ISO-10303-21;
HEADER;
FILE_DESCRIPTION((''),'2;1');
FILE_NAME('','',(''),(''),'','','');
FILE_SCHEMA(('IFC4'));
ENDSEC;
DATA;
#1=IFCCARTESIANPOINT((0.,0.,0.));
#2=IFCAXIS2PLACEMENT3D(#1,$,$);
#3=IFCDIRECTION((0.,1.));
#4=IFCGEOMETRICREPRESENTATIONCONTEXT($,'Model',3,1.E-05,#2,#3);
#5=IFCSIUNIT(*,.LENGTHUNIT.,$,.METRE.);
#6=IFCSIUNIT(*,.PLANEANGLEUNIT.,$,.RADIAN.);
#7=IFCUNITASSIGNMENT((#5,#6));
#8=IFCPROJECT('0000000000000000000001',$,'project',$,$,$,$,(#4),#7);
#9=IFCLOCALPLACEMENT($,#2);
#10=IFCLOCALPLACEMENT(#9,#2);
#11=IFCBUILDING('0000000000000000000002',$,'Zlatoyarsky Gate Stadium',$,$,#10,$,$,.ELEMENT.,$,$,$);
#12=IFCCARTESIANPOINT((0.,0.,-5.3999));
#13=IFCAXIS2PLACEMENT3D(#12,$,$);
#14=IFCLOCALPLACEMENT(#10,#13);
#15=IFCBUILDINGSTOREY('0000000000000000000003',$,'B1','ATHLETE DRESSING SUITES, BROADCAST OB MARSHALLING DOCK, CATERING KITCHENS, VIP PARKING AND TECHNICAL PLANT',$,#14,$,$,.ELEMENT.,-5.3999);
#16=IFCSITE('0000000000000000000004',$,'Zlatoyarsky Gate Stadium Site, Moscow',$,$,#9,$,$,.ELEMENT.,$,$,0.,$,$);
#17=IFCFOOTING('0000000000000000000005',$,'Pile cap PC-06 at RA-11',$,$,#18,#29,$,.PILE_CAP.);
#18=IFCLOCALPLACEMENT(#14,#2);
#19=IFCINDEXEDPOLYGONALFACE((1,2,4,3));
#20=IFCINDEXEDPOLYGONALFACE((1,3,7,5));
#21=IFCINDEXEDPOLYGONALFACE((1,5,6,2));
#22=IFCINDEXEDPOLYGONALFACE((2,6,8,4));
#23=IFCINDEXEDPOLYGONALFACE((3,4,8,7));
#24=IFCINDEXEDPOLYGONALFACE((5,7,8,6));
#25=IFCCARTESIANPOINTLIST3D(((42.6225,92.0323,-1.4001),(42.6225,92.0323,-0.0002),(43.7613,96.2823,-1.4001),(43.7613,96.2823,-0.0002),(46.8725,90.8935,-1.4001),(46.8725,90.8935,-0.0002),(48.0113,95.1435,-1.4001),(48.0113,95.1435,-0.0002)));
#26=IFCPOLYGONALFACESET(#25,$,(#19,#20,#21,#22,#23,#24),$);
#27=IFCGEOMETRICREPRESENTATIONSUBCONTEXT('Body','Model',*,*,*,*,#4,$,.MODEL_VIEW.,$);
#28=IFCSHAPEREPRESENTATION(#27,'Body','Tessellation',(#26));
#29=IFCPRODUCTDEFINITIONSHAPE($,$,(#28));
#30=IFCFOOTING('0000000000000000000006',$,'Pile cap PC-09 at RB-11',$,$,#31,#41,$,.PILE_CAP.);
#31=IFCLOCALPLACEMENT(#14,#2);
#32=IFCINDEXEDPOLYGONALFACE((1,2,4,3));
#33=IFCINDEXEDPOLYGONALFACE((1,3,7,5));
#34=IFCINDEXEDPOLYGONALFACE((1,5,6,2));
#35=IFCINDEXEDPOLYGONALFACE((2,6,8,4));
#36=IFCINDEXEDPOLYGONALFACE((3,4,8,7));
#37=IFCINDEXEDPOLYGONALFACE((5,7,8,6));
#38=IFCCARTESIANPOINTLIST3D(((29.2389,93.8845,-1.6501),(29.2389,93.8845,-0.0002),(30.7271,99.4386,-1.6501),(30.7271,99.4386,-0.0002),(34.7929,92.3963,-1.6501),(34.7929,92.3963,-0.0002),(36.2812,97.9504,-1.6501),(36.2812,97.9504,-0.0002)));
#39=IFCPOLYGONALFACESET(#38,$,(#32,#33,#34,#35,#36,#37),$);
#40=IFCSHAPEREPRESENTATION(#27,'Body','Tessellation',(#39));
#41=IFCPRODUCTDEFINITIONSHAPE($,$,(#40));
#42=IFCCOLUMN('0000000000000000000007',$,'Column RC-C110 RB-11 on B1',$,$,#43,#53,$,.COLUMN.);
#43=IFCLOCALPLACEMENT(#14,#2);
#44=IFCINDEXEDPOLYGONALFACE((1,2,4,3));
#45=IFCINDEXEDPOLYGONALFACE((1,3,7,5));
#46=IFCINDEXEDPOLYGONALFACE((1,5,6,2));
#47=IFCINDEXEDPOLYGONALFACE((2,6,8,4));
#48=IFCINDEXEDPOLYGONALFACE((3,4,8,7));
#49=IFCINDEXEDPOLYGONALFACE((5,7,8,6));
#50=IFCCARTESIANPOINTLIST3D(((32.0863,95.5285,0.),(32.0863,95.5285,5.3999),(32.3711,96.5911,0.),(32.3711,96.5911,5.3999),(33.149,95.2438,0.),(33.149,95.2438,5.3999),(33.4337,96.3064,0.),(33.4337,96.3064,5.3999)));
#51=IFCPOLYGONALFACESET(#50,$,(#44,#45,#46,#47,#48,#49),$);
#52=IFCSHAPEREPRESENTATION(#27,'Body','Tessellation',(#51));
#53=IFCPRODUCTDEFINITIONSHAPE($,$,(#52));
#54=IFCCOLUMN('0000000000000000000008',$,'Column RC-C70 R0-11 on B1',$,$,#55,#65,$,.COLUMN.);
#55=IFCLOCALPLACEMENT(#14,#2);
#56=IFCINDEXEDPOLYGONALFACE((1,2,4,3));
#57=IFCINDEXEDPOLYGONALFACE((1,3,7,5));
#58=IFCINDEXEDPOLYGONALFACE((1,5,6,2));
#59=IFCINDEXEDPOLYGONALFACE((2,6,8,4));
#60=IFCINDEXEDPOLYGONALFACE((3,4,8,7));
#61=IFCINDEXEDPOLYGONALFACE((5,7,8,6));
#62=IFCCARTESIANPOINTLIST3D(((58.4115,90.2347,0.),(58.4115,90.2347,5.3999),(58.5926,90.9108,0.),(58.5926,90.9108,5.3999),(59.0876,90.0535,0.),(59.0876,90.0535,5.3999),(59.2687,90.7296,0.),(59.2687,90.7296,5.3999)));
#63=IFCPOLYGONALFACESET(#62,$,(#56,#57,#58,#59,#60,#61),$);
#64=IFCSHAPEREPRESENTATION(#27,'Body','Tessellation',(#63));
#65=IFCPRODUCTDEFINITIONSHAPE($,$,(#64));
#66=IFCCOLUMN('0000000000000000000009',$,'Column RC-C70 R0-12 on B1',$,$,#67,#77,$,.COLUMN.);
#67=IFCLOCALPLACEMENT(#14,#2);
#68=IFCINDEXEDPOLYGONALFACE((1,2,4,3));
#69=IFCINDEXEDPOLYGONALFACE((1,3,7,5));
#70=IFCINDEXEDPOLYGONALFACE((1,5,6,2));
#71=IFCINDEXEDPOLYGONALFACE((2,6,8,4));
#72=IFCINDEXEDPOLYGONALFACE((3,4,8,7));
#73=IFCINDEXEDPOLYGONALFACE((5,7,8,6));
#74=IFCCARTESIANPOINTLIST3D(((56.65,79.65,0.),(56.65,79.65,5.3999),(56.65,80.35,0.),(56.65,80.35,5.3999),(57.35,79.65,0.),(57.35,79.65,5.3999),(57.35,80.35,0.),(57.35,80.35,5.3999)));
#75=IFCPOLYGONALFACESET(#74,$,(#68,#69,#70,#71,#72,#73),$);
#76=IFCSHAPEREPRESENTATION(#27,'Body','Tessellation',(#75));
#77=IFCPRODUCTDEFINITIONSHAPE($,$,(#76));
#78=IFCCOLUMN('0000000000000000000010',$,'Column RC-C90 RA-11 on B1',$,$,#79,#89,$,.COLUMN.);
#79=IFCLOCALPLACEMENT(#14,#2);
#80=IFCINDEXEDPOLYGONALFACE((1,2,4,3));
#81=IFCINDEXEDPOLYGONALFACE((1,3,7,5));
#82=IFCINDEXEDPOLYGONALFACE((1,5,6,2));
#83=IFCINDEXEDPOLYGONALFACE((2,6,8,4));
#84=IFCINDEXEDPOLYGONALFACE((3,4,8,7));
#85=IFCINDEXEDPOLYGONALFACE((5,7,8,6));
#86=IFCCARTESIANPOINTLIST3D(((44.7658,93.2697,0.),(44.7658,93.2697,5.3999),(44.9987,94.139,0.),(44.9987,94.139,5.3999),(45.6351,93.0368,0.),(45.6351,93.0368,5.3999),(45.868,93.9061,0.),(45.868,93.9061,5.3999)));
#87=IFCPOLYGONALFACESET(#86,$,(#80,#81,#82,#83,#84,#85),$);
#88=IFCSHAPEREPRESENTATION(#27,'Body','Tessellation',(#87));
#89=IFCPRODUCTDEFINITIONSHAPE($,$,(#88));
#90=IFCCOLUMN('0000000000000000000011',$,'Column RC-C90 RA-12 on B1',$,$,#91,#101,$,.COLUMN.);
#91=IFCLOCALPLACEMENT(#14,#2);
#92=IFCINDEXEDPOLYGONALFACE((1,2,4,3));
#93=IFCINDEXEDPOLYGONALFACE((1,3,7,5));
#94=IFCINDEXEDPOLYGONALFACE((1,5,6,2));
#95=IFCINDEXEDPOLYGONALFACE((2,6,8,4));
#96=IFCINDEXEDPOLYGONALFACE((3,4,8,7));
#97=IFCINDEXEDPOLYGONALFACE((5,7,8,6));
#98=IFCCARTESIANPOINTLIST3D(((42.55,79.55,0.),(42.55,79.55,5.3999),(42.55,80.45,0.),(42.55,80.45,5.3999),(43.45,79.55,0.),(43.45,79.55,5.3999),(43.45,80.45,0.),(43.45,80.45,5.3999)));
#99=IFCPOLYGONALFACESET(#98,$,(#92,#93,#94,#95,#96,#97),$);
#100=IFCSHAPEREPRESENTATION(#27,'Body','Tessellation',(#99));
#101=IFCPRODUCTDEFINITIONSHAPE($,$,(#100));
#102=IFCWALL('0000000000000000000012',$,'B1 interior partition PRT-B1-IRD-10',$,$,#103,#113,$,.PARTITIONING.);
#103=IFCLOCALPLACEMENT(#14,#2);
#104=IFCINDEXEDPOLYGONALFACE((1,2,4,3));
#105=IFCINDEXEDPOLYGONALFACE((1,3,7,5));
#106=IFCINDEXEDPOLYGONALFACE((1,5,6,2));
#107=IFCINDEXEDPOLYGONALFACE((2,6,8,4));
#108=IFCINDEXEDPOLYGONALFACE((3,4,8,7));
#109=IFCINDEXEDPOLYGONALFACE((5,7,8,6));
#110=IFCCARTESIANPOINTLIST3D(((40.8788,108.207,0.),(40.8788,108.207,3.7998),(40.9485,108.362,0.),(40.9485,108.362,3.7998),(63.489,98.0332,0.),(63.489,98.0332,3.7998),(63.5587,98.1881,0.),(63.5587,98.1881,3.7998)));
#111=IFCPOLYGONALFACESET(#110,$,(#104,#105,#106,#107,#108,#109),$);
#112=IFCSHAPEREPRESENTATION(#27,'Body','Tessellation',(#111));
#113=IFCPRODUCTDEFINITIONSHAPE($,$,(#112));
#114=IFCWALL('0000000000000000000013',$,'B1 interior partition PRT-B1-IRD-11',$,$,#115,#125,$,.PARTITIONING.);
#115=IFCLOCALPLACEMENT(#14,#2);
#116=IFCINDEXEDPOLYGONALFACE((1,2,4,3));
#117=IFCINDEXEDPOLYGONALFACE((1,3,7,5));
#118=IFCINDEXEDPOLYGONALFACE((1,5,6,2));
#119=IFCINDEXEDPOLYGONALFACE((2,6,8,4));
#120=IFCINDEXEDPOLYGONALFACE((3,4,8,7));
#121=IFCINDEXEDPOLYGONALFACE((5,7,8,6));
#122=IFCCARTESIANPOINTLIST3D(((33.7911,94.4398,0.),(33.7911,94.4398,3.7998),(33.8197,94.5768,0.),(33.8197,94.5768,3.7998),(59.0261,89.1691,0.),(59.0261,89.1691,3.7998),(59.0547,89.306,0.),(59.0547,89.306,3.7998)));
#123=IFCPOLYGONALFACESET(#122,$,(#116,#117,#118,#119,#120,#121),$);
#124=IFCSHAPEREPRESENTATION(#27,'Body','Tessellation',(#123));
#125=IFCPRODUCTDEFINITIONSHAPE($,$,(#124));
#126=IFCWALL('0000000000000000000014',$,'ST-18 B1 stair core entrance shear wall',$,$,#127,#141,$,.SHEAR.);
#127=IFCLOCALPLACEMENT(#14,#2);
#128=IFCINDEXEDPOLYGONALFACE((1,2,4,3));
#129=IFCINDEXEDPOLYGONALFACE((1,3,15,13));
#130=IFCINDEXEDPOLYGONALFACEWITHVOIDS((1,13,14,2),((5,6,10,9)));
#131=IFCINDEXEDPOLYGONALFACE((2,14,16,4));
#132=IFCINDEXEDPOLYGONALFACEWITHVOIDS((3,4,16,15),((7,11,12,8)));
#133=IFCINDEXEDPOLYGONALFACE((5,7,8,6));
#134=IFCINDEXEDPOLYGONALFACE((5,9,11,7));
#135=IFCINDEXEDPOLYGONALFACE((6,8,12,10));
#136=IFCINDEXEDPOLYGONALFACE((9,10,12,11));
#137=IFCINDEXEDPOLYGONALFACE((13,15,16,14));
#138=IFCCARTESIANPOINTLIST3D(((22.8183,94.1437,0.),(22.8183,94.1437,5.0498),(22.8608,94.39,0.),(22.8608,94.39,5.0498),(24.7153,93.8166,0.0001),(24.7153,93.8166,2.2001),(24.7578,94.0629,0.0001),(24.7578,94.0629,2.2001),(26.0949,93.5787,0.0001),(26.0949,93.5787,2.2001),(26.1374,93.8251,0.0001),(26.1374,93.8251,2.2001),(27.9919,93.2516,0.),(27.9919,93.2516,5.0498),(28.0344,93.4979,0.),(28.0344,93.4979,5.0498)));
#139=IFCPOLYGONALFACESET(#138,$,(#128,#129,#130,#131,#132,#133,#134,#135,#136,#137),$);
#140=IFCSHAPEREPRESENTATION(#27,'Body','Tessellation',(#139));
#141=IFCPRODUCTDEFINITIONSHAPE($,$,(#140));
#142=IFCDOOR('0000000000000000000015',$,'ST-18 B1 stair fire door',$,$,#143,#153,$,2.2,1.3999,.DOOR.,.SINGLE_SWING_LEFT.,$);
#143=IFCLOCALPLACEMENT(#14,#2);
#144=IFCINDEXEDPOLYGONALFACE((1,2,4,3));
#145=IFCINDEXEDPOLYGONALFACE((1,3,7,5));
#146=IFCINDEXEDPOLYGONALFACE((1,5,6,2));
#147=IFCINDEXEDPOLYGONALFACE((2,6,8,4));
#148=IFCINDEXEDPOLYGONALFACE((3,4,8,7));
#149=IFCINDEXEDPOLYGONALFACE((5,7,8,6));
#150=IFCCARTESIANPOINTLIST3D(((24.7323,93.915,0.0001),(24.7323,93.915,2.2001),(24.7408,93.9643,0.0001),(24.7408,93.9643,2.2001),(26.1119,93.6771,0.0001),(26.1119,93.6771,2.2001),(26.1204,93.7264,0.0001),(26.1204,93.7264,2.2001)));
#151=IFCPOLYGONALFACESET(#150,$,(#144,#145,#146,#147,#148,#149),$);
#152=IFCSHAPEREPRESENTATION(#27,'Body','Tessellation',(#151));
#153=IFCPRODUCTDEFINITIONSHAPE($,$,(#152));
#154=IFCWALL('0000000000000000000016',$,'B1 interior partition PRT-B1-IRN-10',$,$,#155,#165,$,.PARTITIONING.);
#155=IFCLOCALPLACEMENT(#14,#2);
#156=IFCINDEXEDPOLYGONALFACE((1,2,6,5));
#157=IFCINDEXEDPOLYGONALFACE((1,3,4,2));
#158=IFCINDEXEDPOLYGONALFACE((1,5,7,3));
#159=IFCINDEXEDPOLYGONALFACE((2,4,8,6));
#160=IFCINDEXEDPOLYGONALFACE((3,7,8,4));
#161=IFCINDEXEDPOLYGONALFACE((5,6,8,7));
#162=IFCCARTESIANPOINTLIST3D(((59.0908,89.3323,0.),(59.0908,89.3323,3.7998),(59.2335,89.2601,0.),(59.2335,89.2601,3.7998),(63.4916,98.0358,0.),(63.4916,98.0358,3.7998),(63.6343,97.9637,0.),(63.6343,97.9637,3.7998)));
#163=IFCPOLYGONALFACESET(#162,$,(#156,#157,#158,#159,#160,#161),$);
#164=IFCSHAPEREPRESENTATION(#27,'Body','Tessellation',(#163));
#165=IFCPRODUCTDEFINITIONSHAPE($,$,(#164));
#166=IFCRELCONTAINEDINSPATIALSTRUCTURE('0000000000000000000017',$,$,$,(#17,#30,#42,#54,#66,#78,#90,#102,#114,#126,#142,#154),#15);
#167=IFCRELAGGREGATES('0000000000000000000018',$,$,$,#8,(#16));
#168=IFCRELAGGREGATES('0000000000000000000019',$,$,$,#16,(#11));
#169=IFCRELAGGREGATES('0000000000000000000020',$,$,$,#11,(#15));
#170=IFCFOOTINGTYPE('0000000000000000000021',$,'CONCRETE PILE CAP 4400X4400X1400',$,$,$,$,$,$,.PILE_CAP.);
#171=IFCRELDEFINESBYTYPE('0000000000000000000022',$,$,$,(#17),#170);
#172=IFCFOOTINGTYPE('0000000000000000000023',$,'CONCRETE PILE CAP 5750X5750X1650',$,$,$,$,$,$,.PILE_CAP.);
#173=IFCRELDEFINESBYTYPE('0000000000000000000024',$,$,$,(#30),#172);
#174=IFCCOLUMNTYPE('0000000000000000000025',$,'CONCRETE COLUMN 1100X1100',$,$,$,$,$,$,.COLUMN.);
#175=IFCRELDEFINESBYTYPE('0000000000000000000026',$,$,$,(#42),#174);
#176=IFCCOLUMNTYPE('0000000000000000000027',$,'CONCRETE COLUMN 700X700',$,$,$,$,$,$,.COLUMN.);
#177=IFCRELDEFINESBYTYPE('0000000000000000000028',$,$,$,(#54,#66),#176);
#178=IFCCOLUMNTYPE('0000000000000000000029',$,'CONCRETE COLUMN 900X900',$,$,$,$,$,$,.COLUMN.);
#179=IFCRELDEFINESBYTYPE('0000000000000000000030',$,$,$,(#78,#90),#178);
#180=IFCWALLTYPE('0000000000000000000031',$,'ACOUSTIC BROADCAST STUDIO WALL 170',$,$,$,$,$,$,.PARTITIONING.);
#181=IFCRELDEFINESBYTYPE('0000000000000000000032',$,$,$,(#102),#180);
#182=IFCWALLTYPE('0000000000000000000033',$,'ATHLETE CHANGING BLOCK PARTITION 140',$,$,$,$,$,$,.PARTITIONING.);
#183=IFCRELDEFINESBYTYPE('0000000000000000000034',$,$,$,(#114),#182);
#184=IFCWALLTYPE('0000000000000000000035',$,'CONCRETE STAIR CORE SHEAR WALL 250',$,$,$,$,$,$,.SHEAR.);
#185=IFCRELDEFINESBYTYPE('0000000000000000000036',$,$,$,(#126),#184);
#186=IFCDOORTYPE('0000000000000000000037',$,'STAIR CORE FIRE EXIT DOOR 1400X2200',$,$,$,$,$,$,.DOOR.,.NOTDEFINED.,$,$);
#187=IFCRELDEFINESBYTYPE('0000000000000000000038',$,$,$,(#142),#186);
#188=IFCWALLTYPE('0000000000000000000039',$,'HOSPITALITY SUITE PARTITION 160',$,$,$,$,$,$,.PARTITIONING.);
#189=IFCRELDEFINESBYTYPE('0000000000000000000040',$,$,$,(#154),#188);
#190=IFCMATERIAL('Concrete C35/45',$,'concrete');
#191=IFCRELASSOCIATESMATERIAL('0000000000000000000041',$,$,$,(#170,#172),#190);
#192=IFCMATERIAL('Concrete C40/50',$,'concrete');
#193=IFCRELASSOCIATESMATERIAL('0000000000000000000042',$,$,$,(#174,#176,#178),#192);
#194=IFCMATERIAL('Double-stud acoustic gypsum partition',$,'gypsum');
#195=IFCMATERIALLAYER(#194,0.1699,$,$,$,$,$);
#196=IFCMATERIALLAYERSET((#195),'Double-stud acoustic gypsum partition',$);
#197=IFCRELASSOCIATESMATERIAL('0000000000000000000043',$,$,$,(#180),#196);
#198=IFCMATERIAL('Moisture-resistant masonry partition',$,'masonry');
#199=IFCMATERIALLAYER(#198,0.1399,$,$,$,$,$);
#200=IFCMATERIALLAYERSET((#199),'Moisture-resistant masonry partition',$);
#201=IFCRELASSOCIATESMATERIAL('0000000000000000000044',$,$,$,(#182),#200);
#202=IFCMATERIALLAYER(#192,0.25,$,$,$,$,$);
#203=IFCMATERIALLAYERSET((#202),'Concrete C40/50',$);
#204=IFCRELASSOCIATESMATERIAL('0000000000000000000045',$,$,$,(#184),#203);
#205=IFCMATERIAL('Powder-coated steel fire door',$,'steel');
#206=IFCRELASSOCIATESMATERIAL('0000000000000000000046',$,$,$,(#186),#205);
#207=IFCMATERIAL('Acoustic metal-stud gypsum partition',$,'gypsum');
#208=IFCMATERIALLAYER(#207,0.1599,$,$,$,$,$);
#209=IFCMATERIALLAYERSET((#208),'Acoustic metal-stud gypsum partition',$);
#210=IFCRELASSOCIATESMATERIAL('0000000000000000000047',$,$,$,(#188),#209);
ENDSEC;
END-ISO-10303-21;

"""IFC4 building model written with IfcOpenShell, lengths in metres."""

from ifc_helpers import new_model, si_unit, direction, frame, frame_2d, origin, origin_2d, place, context, subcontext, project, spatial, rectangle, extrude, material, layer, layer_set, material_profile, profile_set, type_object, element, fill, save


model = new_model("IFC4")

# Units and contexts
model_context = context("Model", 3, precision=1e-05, world=origin(), true_north=direction((0.0, 1.0)))
body_context = subcontext(model_context, "Body", "Model", "MODEL_VIEW")
ifc_project = project(units=[si_unit("LENGTHUNIT", "METRE"), si_unit("PLANEANGLEUNIT", "RADIAN")], contexts=[model_context])

# Site, building, storey
site_placement = place(None, origin())
site = spatial("IfcSite", under=ifc_project, at=site_placement, Name="Zlatoyarsky Gate Stadium Site, Moscow", CompositionType="ELEMENT", RefElevation=0.0)
building_placement = place(site_placement, origin())
building = spatial("IfcBuilding", under=site, at=building_placement, Name="Zlatoyarsky Gate Stadium", CompositionType="ELEMENT")
storey_placement = place(building_placement, frame((0.0, 0.0, -5.3999)))
storey = spatial("IfcBuildingStorey", under=building, at=storey_placement, Name="B1", Description="ATHLETE DRESSING SUITES, BROADCAST OB MARSHALLING DOCK, CATERING KITCHENS, VIP PARKING AND TECHNICAL PLANT", CompositionType="ELEMENT", Elevation=-5.3999)

# Shared definitions
ifc_material_1 = material(Name="Concrete C35/45", Category="concrete")

# Footings
footing_type_1 = type_object("IfcFootingType", Name="CONCRETE PILE CAP 4400X4400X1400", PredefinedType="PILE_CAP", material=ifc_material_1)
footing_1_placement = place(storey_placement, frame((45.3169, 93.5879, -1.4001), z_axis=(0.0, 0.0, 1.0), x_axis=(-0.965926, 0.258819, 0.0)))
element("IfcFooting", 1, at=footing_1_placement, inside=storey, type_object=footing_type_1, Name="Pile cap PC-06 at RA-11", PredefinedType="PILE_CAP", context=body_context, shape_type="SweptSolid", body=[
    extrude(rectangle(XDim=4.3999, YDim=4.3999, at=origin_2d()), origin(), (0.0, 0.0, 1.0), 1.3999),
])
footing_type_2 = type_object("IfcFootingType", Name="CONCRETE PILE CAP 5750X5750X1650", PredefinedType="PILE_CAP", material=ifc_material_1)
footing_2_placement = place(storey_placement, frame((32.76, 95.9175, -1.6501), z_axis=(0.0, 0.0, 1.0), x_axis=(-0.965926, 0.258819, 0.0)))
element("IfcFooting", 2, at=footing_2_placement, inside=storey, type_object=footing_type_2, Name="Pile cap PC-09 at RB-11", PredefinedType="PILE_CAP", context=body_context, shape_type="SweptSolid", body=[
    extrude(rectangle(XDim=5.75, YDim=5.75, at=origin_2d()), origin(), (0.0, 0.0, 1.0), 1.6499),
])

# Columns
ifc_material_2 = material(Name="Concrete C40/50", Category="concrete")
ifc_material_profile_1 = material_profile(ifc_material_2, rectangle(XDim=1.1001, YDim=1.1001, at=origin_2d()), Name="RC COL 1100X1100")
ifc_profile_set_1 = profile_set([ifc_material_profile_1], Name="Concrete C40/50")
column_type_1 = type_object("IfcColumnType", Name="CONCRETE COLUMN 1100X1100", PredefinedType="COLUMN", material=ifc_profile_set_1)
column_placement = place(storey_placement, frame((32.76, 95.9175, 0.0), z_axis=(0.0, 0.0, 1.0), x_axis=(-0.965926, 0.258819, 0.0)))
element("IfcColumn", 3, at=column_placement, inside=storey, type_object=column_type_1, Name="Column RC-C110 RB-11 on B1", PredefinedType="COLUMN", context=body_context, shape_type="SweptSolid", body=[
    extrude(rectangle(XDim=1.1001, YDim=1.1001, at=origin_2d()), origin(), (0.0, 0.0, 1.0), 5.3999),
])
ifc_material_profile_2 = material_profile(ifc_material_2, rectangle(XDim=0.7, YDim=0.7, at=origin_2d()), Name="RC COL 700X700")
ifc_profile_set_2 = profile_set([ifc_material_profile_2], Name="Concrete C40/50")
column_type_2 = type_object("IfcColumnType", Name="CONCRETE COLUMN 700X700", PredefinedType="COLUMN", material=ifc_profile_set_2)
for number, where, z_axis, x_axis, name in (
    (4, (58.8401, 90.4822, 0.0), (0.0, 0.0, 1.0), (-0.965926, 0.258819, 0.0), "Column RC-C70 R0-11 on B1"),
    (5, (57.0, 80.0, 0.0), (0.0, 0.0, 1.0), (-1.0, 0.0, 0.0), "Column RC-C70 R0-12 on B1"),
):
    element("IfcColumn", number, at=place(storey_placement, frame(where, z_axis=z_axis, x_axis=x_axis)), inside=storey, type_object=column_type_2, Name=name, PredefinedType="COLUMN", context=body_context, shape_type="SweptSolid", body=[
        extrude(rectangle(XDim=0.7, YDim=0.7, at=origin_2d()), origin(), (0.0, 0.0, 1.0), 5.3999),
    ])
ifc_material_profile_3 = material_profile(ifc_material_2, rectangle(XDim=0.8999, YDim=0.8999, at=origin_2d()), Name="RC COL 900X900")
ifc_profile_set_3 = profile_set([ifc_material_profile_3], Name="Concrete C40/50")
column_type_3 = type_object("IfcColumnType", Name="CONCRETE COLUMN 900X900", PredefinedType="COLUMN", material=ifc_profile_set_3)
for number, where, z_axis, x_axis, name in (
    (6, (45.3169, 93.5879, 0.0), (0.0, 0.0, 1.0), (-0.965926, 0.258819, 0.0), "Column RC-C90 RA-11 on B1"),
    (7, (43.0, 80.0, 0.0), (0.0, 0.0, 1.0), (-1.0, 0.0, 0.0), "Column RC-C90 RA-12 on B1"),
):
    element("IfcColumn", number, at=place(storey_placement, frame(where, z_axis=z_axis, x_axis=x_axis)), inside=storey, type_object=column_type_3, Name=name, PredefinedType="COLUMN", context=body_context, shape_type="SweptSolid", body=[
        extrude(rectangle(XDim=0.8999, YDim=0.8999, at=origin_2d()), origin(), (0.0, 0.0, 1.0), 5.3999),
    ])

# Walls
ifc_material_3 = material(Name="Double-stud acoustic gypsum partition", Category="gypsum")
ifc_layer_1 = layer(ifc_material_3, 0.1699)
ifc_layer_set_1 = layer_set([ifc_layer_1], Name="Double-stud acoustic gypsum partition")
wall_type_1 = type_object("IfcWallType", Name="ACOUSTIC BROADCAST STUDIO WALL 170", PredefinedType="PARTITIONING", material=ifc_layer_set_1)
wall_1_placement = place(storey_placement, frame((63.5239, 98.1106, 0.0), z_axis=(0.0, 0.0, 1.0), x_axis=(-0.911932, 0.410341, 0.0)))
element("IfcWall", 8, at=wall_1_placement, inside=storey, type_object=wall_type_1, Name="B1 interior partition PRT-B1-IRD-10", PredefinedType="PARTITIONING", context=body_context, shape_type="SweptSolid", body=[
    extrude(rectangle(XDim=24.7937, YDim=0.1699, at=frame_2d((12.397, 0.0))), origin(), (0.0, 0.0, 1.0), 3.7998),
])
ifc_material_4 = material(Name="Moisture-resistant masonry partition", Category="masonry")
ifc_layer_2 = layer(ifc_material_4, 0.1399)
ifc_layer_set_2 = layer_set([ifc_layer_2], Name="Moisture-resistant masonry partition")
wall_type_2 = type_object("IfcWallType", Name="ATHLETE CHANGING BLOCK PARTITION 140", PredefinedType="PARTITIONING", material=ifc_layer_set_2)
wall_2_placement = place(storey_placement, frame((59.0403, 89.2375, 0.0), z_axis=(0.0, 0.0, 1.0), x_axis=(-0.978876, 0.204456, 0.0)))
element("IfcWall", 9, at=wall_2_placement, inside=storey, type_object=wall_type_2, Name="B1 interior partition PRT-B1-IRD-11", PredefinedType="PARTITIONING", context=body_context, shape_type="SweptSolid", body=[
    extrude(rectangle(XDim=25.7795, YDim=0.1399, at=frame_2d((12.8896, 0.0))), origin(), (0.0, 0.0, 1.0), 3.7998),
])

# Wall, opening, door
ifc_layer_3 = layer(ifc_material_2, 0.25)
ifc_layer_set_3 = layer_set([ifc_layer_3], Name="Concrete C40/50")
wall_type_3 = type_object("IfcWallType", Name="CONCRETE STAIR CORE SHEAR WALL 250", PredefinedType="SHEAR", material=ifc_layer_set_3)
wall_3_placement = place(storey_placement, frame((28.0132, 93.3748, 0.0), z_axis=(0.0, 0.0, 1.0), x_axis=(-0.985457, 0.169924, 0.0)))
wall_3 = element("IfcWall", 10, at=wall_3_placement, inside=storey, type_object=wall_type_3, Name="ST-18 B1 stair core entrance shear wall", PredefinedType="SHEAR", context=body_context, shape_type="SweptSolid", body=[
    extrude(rectangle(XDim=5.25, YDim=0.25, at=frame_2d((2.625, 0.0))), origin(), (0.0, 0.0, 1.0), 5.0498),
])
opening_1_placement = place(wall_3_placement, frame((1.925, 0.0, 0.0)))
opening_1 = element("IfcOpeningElement", 11, at=opening_1_placement, cuts=wall_3, PredefinedType="OPENING", context=body_context, shape_type="SweptSolid", body=[
    extrude(rectangle(XDim=1.3999, YDim=2.2, at=frame_2d((0.7, 1.1001))), frame((0.0, 0.135, 0.0), z_axis=(0.0, -1.0, 0.0), x_axis=(1.0, 0.0, 0.0)), (0.0, 0.0, 1.0), 0.27),
])
ifc_material_5 = material(Name="Powder-coated steel fire door", Category="steel")
door_type_1 = type_object("IfcDoorType", Name="STAIR CORE FIRE EXIT DOOR 1400X2200", OperationType="NOTDEFINED", PredefinedType="DOOR", material=ifc_material_5)
door_1_placement = place(opening_1_placement, frame((1.3999, 0.0, 0.0), z_axis=(0.0, 0.0, 1.0), x_axis=(-1.0, 0.0, 0.0)))
door_1 = element("IfcDoor", 12, at=door_1_placement, inside=storey, type_object=door_type_1, Name="ST-18 B1 stair fire door", OperationType="SINGLE_SWING_LEFT", OverallHeight=2.2, OverallWidth=1.3999, PredefinedType="DOOR", context=body_context, shape_type="SweptSolid", body=[
    extrude(rectangle(XDim=1.3999, YDim=2.2, at=frame_2d((0.7, 1.1001))), frame((0.0, 0.0249, 0.0), z_axis=(0.0, -1.0, 0.0), x_axis=(1.0, 0.0, 0.0)), (0.0, 0.0, 1.0), 0.05),
])
fill(opening_1, door_1)

# Wall
ifc_material_6 = material(Name="Acoustic metal-stud gypsum partition", Category="gypsum")
ifc_layer_4 = layer(ifc_material_6, 0.1599)
ifc_layer_set_4 = layer_set([ifc_layer_4], Name="Acoustic metal-stud gypsum partition")
wall_type_4 = type_object("IfcWallType", Name="HOSPITALITY SUITE PARTITION 160", PredefinedType="PARTITIONING", material=ifc_layer_set_4)
wall_4_placement = place(storey_placement, frame((63.563, 97.9998, 0.0), z_axis=(0.0, 0.0, 1.0), x_axis=(-0.451234, -0.892406, 0.0)))
element("IfcWall", 13, at=wall_4_placement, inside=storey, type_object=wall_type_4, Name="B1 interior partition PRT-B1-IRN-10", PredefinedType="PARTITIONING", context=body_context, shape_type="SweptSolid", body=[
    extrude(rectangle(XDim=9.7529, YDim=0.1599, at=frame_2d((4.8765, 0.0))), origin(), (0.0, 0.0, 1.0), 3.7998),
])

save(model, "model.ifc")
